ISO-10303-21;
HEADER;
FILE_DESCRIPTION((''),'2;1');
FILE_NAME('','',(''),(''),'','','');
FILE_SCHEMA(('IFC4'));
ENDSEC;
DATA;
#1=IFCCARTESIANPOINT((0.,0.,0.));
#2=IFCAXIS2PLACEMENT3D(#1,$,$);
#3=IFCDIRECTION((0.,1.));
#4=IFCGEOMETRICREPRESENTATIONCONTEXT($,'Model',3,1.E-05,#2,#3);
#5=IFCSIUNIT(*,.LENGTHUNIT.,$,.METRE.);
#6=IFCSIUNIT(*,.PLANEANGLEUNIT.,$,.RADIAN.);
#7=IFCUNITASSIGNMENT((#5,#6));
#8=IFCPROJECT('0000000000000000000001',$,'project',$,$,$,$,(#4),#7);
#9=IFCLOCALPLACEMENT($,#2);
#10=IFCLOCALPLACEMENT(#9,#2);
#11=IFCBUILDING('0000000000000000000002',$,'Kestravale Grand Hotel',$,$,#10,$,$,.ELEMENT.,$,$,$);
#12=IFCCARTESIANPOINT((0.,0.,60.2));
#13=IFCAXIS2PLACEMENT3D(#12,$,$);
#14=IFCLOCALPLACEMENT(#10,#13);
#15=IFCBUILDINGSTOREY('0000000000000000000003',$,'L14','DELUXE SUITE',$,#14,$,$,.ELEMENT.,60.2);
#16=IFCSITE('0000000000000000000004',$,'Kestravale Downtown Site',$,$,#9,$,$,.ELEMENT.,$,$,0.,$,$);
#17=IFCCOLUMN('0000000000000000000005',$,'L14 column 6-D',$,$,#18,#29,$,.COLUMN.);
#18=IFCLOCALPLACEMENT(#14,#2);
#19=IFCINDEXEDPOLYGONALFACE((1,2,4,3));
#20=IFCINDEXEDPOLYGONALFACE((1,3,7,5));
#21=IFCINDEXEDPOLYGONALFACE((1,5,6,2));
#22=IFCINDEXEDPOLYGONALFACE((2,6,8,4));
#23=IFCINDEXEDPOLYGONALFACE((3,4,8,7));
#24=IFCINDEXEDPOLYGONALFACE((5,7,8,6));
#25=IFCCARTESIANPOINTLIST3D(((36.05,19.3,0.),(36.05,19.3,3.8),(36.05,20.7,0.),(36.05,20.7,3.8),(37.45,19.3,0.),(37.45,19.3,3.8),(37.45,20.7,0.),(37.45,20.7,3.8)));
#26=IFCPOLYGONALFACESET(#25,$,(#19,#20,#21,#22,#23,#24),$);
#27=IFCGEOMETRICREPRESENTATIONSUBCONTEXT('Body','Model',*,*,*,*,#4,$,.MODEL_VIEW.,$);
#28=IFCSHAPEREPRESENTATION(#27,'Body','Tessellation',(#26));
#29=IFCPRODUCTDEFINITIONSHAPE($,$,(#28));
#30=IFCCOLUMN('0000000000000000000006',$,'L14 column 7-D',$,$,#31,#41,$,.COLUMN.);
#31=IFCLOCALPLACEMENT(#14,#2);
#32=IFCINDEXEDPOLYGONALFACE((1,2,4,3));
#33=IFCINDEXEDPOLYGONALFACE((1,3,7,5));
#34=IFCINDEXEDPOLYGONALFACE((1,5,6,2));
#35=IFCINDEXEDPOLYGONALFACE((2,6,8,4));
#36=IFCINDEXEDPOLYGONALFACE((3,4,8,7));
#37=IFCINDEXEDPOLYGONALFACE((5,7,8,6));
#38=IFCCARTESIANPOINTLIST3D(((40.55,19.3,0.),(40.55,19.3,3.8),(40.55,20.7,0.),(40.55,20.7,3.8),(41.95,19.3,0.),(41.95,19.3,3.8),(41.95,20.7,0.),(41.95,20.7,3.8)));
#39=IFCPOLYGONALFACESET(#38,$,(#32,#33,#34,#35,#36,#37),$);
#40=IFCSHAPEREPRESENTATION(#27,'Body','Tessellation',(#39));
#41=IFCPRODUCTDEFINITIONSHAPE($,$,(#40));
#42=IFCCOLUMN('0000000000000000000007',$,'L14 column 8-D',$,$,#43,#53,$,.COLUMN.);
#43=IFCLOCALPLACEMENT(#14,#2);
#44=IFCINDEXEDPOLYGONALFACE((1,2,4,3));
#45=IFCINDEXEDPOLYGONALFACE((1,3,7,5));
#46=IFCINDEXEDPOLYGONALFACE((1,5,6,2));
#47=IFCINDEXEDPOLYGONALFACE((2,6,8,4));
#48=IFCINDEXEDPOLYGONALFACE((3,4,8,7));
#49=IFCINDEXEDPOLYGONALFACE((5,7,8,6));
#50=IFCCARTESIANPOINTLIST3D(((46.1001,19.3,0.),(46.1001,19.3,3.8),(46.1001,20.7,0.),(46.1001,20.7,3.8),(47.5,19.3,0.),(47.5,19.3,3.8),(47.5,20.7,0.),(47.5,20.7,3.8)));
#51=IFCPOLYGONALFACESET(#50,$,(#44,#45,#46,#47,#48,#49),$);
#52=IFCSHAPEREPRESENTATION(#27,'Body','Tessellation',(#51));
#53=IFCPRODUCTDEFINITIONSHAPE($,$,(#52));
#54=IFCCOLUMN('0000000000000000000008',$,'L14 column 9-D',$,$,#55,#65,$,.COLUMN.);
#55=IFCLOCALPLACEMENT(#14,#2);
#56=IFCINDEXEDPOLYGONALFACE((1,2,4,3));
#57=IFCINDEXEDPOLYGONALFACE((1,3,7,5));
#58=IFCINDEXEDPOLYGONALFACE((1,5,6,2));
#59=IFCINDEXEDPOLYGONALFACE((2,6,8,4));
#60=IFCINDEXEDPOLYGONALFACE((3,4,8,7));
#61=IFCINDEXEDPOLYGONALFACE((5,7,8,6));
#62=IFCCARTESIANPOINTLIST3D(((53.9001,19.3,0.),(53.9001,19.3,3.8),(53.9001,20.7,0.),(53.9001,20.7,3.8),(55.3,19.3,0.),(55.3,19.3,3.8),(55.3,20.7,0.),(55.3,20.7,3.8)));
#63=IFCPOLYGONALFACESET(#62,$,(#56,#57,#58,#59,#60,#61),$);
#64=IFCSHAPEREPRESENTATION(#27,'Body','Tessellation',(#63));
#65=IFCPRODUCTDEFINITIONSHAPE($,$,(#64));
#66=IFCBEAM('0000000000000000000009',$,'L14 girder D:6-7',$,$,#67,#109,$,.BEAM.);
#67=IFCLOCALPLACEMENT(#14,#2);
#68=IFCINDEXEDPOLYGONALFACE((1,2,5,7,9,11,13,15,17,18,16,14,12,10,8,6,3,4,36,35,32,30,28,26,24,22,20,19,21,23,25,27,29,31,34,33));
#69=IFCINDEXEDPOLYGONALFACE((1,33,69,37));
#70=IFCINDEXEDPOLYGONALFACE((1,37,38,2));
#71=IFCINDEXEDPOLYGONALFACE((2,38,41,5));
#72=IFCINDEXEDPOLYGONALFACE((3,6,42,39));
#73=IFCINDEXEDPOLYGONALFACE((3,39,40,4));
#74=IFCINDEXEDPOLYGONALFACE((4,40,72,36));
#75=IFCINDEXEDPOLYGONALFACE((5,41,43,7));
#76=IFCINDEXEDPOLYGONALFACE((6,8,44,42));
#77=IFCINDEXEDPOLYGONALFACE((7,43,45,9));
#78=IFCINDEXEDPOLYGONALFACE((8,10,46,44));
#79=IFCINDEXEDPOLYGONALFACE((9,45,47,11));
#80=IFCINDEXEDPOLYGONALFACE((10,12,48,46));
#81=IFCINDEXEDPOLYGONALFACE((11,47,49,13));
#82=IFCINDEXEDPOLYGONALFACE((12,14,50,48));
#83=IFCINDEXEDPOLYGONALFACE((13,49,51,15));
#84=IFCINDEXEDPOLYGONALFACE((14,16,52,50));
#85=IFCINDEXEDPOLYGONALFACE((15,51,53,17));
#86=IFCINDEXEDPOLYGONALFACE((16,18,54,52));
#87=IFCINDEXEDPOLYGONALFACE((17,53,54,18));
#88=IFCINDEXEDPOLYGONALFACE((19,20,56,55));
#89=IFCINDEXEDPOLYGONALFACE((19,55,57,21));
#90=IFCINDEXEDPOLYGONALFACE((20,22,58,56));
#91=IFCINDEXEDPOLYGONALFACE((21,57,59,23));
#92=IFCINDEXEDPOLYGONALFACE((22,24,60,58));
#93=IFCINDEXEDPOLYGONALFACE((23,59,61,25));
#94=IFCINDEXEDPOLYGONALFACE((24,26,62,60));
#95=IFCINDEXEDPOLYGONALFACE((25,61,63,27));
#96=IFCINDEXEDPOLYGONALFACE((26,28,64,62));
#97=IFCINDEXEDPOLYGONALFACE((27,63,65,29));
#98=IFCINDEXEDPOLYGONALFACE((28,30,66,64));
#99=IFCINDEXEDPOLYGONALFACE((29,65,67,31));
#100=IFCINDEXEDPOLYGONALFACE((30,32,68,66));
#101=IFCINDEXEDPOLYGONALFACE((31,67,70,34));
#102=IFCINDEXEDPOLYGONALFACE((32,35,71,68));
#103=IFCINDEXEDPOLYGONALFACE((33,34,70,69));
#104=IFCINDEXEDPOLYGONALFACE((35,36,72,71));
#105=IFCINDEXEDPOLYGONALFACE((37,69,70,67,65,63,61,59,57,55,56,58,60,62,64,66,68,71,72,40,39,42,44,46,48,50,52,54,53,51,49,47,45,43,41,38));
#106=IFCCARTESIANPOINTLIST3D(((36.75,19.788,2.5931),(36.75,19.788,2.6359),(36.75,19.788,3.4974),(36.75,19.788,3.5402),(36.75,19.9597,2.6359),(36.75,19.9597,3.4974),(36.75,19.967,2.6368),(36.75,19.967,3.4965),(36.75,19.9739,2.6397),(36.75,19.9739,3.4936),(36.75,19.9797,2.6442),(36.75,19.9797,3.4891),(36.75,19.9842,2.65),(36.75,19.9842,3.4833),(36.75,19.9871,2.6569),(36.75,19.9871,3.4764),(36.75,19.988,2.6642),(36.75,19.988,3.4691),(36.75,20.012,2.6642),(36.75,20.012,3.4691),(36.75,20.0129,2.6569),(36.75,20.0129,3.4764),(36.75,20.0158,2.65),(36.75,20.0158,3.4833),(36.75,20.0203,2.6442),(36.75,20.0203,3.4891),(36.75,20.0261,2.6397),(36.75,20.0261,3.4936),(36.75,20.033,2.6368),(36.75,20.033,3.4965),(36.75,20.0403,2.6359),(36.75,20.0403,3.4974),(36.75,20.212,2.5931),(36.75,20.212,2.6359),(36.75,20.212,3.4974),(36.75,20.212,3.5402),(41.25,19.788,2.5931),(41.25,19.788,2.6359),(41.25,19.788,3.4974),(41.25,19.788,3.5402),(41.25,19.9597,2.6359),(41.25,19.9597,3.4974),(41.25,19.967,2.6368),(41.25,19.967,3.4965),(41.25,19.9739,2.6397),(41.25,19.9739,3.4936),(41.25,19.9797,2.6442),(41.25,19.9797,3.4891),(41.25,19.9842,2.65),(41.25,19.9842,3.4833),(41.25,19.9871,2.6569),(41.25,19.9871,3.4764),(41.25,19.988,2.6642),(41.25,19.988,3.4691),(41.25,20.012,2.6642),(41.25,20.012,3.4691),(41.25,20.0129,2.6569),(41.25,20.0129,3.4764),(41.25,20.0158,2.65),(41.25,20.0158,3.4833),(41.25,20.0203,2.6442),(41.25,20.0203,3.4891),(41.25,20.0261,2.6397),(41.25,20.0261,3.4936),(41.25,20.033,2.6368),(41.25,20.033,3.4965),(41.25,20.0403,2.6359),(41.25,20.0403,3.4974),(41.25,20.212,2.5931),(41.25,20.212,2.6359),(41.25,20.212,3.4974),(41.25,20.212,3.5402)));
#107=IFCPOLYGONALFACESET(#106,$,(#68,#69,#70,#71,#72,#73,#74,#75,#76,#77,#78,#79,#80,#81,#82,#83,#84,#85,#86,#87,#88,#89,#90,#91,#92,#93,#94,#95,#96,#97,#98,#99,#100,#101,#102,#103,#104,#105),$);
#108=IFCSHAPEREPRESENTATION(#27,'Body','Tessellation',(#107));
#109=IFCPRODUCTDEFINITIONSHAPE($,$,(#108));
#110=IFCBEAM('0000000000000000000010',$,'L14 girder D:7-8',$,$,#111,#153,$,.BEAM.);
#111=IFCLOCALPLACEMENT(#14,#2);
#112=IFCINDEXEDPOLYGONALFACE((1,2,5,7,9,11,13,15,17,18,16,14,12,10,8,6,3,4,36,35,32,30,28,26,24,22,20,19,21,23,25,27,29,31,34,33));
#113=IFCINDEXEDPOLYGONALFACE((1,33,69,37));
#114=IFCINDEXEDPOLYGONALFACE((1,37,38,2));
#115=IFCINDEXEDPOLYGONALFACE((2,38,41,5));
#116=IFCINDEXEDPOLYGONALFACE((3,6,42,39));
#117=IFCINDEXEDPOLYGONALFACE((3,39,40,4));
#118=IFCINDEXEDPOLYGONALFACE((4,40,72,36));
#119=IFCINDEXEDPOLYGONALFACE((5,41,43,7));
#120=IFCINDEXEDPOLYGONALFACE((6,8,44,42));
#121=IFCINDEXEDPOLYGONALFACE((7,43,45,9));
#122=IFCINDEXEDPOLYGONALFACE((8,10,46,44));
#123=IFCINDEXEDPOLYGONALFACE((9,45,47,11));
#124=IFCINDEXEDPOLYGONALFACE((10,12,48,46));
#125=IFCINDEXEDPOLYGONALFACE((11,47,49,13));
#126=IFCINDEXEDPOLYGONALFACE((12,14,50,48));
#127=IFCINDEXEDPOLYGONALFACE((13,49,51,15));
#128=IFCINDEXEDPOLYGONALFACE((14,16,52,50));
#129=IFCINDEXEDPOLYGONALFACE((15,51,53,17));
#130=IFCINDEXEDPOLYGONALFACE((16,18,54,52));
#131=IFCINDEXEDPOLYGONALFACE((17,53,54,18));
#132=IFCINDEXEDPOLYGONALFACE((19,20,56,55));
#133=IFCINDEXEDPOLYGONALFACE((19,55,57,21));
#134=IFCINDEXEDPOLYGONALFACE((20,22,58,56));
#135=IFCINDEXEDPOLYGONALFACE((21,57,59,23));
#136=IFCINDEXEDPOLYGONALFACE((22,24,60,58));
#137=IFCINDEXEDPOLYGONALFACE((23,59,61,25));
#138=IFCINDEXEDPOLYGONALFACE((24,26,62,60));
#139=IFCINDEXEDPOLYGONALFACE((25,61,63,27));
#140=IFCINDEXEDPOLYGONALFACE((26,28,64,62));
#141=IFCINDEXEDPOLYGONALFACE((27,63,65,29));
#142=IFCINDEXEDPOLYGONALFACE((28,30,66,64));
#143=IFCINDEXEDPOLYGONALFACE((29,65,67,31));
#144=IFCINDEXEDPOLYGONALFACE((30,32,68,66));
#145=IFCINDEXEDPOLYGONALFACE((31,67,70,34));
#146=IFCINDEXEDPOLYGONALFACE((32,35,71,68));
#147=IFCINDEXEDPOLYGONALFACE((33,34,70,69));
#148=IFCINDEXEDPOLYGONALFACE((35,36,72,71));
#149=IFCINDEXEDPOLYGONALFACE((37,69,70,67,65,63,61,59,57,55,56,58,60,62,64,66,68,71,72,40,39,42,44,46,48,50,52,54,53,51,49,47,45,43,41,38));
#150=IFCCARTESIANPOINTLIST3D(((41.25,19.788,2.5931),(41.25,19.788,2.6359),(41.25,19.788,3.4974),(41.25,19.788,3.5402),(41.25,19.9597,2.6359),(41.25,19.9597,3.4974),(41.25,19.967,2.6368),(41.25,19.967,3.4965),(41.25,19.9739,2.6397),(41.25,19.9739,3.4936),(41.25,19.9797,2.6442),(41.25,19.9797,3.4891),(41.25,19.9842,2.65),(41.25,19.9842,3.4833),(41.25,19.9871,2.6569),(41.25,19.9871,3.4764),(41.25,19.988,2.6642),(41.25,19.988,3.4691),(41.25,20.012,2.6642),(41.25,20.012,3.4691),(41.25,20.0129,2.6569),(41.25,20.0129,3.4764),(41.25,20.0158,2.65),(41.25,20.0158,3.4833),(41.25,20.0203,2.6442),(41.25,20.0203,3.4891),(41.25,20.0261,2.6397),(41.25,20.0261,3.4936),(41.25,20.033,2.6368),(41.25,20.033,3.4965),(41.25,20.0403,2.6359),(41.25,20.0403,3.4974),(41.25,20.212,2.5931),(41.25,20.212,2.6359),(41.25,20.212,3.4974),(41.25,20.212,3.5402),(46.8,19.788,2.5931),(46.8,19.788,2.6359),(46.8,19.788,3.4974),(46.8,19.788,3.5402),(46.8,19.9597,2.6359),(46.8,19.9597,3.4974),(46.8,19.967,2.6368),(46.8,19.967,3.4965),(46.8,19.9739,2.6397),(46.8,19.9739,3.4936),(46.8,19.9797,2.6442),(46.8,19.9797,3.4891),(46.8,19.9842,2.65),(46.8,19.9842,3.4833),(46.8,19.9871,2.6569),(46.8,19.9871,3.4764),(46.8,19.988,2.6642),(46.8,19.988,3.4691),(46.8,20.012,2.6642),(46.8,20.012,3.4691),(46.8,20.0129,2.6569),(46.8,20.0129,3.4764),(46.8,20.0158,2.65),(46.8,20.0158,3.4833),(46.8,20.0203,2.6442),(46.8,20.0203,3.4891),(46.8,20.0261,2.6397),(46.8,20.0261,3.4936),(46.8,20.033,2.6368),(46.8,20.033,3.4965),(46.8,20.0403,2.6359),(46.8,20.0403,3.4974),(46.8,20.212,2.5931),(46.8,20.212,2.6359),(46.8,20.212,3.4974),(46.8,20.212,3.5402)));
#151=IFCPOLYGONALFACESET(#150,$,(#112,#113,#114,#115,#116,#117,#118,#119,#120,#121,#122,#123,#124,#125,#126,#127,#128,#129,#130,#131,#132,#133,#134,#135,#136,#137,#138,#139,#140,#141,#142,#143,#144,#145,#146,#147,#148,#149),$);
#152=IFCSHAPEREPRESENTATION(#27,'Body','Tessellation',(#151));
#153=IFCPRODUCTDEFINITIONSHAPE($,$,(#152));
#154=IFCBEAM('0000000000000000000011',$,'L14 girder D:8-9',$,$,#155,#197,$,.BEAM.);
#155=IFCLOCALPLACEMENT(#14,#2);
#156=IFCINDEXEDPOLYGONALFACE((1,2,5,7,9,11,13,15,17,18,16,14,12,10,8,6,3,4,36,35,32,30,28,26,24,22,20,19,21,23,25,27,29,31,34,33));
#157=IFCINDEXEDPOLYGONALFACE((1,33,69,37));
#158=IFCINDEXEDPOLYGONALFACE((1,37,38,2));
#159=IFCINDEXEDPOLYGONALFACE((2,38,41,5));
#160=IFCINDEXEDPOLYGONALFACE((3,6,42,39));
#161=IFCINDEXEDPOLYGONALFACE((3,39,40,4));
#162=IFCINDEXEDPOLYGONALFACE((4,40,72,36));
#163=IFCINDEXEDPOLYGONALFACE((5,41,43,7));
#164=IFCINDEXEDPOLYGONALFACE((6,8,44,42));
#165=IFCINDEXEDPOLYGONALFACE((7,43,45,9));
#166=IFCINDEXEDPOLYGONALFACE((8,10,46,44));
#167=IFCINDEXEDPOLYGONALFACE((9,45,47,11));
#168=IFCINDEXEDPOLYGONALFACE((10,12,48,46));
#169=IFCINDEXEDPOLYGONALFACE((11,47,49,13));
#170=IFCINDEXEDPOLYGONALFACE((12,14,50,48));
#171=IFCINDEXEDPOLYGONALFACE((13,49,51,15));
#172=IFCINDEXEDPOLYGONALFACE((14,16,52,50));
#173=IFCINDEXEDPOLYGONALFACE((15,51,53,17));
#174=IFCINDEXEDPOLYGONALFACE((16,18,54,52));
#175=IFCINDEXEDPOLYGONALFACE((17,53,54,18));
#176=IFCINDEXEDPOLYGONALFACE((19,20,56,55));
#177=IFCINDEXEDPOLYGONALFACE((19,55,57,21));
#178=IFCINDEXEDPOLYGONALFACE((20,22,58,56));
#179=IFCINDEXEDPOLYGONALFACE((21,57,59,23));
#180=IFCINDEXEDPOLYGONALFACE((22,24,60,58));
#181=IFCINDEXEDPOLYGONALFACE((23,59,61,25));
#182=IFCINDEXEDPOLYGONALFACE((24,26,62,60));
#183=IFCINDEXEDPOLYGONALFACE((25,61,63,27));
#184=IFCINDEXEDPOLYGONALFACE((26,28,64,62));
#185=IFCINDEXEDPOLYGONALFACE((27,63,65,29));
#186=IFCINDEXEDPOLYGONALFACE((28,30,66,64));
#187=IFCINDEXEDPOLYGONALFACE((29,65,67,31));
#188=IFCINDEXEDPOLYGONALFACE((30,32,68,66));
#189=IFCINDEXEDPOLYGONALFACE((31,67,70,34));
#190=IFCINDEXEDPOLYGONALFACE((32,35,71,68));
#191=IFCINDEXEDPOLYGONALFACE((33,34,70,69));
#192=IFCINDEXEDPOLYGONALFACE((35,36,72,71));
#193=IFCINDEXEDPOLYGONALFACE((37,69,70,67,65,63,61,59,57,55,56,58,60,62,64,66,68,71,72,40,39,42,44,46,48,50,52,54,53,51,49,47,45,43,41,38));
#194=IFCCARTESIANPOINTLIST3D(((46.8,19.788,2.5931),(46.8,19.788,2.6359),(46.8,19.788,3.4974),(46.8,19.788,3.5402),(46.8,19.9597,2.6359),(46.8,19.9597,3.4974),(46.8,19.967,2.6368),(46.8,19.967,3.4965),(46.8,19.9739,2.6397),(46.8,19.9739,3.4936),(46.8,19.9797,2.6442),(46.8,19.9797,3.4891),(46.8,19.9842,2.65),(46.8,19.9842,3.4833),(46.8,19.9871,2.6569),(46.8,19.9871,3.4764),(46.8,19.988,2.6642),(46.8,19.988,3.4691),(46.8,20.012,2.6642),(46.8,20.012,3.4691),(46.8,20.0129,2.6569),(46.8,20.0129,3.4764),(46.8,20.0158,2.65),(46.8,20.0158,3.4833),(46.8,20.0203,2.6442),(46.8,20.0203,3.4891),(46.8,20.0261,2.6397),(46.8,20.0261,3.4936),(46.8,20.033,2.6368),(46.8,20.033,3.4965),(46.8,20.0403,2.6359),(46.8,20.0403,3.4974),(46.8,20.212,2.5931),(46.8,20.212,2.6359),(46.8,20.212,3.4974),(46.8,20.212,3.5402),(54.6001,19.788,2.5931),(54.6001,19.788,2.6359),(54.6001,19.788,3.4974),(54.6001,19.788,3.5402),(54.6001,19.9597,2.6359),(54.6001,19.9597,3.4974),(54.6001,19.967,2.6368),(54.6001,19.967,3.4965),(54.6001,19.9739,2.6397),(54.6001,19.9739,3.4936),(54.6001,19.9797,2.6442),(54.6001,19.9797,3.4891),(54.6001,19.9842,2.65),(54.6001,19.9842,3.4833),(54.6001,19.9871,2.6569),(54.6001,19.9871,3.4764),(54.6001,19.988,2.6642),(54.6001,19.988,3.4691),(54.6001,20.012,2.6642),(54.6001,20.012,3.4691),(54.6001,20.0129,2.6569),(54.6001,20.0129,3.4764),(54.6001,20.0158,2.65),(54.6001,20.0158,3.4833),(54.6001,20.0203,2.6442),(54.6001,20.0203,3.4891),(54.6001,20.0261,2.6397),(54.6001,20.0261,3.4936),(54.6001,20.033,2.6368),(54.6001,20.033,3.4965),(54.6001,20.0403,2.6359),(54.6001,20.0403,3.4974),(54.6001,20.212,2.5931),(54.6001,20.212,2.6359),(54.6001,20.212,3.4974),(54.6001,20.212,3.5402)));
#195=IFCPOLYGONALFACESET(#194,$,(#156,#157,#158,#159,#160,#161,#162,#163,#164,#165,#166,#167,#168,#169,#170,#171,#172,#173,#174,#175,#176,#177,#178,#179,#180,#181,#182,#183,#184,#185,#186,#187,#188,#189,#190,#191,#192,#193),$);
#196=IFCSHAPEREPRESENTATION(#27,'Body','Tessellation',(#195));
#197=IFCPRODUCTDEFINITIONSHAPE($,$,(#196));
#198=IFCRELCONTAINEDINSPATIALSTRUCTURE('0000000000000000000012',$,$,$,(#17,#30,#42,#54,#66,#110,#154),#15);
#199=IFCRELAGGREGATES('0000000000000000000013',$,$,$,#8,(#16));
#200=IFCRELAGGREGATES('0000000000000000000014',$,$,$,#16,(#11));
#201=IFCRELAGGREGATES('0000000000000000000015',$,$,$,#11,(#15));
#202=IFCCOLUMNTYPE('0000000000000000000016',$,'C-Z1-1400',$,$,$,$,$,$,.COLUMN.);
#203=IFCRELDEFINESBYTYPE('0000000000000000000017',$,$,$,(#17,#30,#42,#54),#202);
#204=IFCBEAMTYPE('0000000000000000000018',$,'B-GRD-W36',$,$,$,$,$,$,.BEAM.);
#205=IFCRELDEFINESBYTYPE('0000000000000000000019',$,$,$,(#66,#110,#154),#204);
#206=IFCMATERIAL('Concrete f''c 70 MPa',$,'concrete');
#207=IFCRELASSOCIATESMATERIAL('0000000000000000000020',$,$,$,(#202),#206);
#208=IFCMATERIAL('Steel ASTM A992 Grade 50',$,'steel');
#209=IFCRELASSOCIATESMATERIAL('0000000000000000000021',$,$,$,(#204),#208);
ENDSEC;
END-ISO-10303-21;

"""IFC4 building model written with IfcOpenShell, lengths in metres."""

from ifc_helpers import new_model, si_unit, direction, frame, origin, origin_2d, place, context, subcontext, project, spatial, rectangle, i_section, extrude, material, material_profile, profile_set, type_object, element, save


model = new_model("IFC4")

# Units and contexts
model_context = context("Model", 3, precision=1e-05, world=origin(), true_north=direction((0.0, 1.0)))
body_context = subcontext(model_context, "Body", "Model", "MODEL_VIEW")
ifc_project = project(units=[si_unit("LENGTHUNIT", "METRE"), si_unit("PLANEANGLEUNIT", "RADIAN")], contexts=[model_context])

# Site, building, storey
site_placement = place(None, origin())
site = spatial("IfcSite", under=ifc_project, at=site_placement, Name="Kestravale Downtown Site", CompositionType="ELEMENT", RefElevation=0.0)
building_placement = place(site_placement, origin())
building = spatial("IfcBuilding", under=site, at=building_placement, Name="Kestravale Grand Hotel", CompositionType="ELEMENT")
storey_placement = place(building_placement, frame((0.0, 0.0, 60.2)))
storey = spatial("IfcBuildingStorey", under=building, at=storey_placement, Name="L14", Description="DELUXE SUITE", CompositionType="ELEMENT", Elevation=60.2)

# Columns
ifc_material_1 = material(Name="Concrete f'c 70 MPa", Category="concrete")
ifc_material_profile_1 = material_profile(ifc_material_1, rectangle(XDim=1.3999, YDim=1.3999, at=origin_2d()))
ifc_profile_set_1 = profile_set([ifc_material_profile_1], Name="Concrete f'c 70 MPa")
column_type = type_object("IfcColumnType", Name="C-Z1-1400", PredefinedType="COLUMN", material=ifc_profile_set_1)
for number, where, z_axis, x_axis, name in (
    (1, (36.75, 20.0, 0.0), (0.0, 0.0, 1.0), (1.0, 0.0, 0.0), "L14 column 6-D"),
    (2, (41.25, 20.0, 0.0), (0.0, 0.0, 1.0), (1.0, 0.0, 0.0), "L14 column 7-D"),
    (3, (46.8, 20.0, 0.0), (0.0, 0.0, 1.0), (1.0, 0.0, 0.0), "L14 column 8-D"),
    (4, (54.6001, 20.0, 0.0), (0.0, 0.0, 1.0), (1.0, 0.0, 0.0), "L14 column 9-D"),
):
    element("IfcColumn", number, at=place(storey_placement, frame(where, z_axis=z_axis, x_axis=x_axis)), inside=storey, type_object=column_type, Name=name, PredefinedType="COLUMN", context=body_context, shape_type="SweptSolid", body=[
        extrude(rectangle(XDim=1.3999, YDim=1.3999, at=origin_2d()), origin(), (0.0, 0.0, 1.0), 3.8),
    ])

# Beams
ifc_material_2 = material(Name="Steel ASTM A992 Grade 50", Category="steel")
ifc_material_profile_2 = material_profile(ifc_material_2, i_section(OverallWidth=0.4241, OverallDepth=0.947, WebThickness=0.0239, FlangeThickness=0.0427, FilletRadius=0.0283, at=origin_2d()))
ifc_profile_set_2 = profile_set([ifc_material_profile_2], Name="Steel ASTM A992 Grade 50")
beam_type = type_object("IfcBeamType", Name="B-GRD-W36", PredefinedType="BEAM", material=ifc_profile_set_2)
beam_1_placement = place(storey_placement, frame((36.75, 20.0, 3.0667), z_axis=(1.0, 0.0, 0.0), x_axis=(0.0, 1.0, 0.0)))
element("IfcBeam", 5, at=beam_1_placement, inside=storey, type_object=beam_type, Name="L14 girder D:6-7", PredefinedType="BEAM", context=body_context, shape_type="SweptSolid", body=[
    extrude(i_section(OverallWidth=0.4241, OverallDepth=0.947, WebThickness=0.0239, FlangeThickness=0.0427, FilletRadius=0.0283, at=origin_2d()), origin(), (0.0, 0.0, 1.0), 4.5),
])
beam_2_placement = place(storey_placement, frame((41.25, 20.0, 3.0667), z_axis=(1.0, 0.0, 0.0), x_axis=(0.0, 1.0, 0.0)))
element("IfcBeam", 6, at=beam_2_placement, inside=storey, type_object=beam_type, Name="L14 girder D:7-8", PredefinedType="BEAM", context=body_context, shape_type="SweptSolid", body=[
    extrude(i_section(OverallWidth=0.4241, OverallDepth=0.947, WebThickness=0.0239, FlangeThickness=0.0427, FilletRadius=0.0283, at=origin_2d()), origin(), (0.0, 0.0, 1.0), 5.55),
])
beam_3_placement = place(storey_placement, frame((46.8, 20.0, 3.0667), z_axis=(1.0, 0.0, 0.0), x_axis=(0.0, 1.0, 0.0)))
element("IfcBeam", 7, at=beam_3_placement, inside=storey, type_object=beam_type, Name="L14 girder D:8-9", PredefinedType="BEAM", context=body_context, shape_type="SweptSolid", body=[
    extrude(i_section(OverallWidth=0.4241, OverallDepth=0.947, WebThickness=0.0239, FlangeThickness=0.0427, FilletRadius=0.0283, at=origin_2d()), origin(), (0.0, 0.0, 1.0), 7.8),
])

save(model, "model.ifc")
